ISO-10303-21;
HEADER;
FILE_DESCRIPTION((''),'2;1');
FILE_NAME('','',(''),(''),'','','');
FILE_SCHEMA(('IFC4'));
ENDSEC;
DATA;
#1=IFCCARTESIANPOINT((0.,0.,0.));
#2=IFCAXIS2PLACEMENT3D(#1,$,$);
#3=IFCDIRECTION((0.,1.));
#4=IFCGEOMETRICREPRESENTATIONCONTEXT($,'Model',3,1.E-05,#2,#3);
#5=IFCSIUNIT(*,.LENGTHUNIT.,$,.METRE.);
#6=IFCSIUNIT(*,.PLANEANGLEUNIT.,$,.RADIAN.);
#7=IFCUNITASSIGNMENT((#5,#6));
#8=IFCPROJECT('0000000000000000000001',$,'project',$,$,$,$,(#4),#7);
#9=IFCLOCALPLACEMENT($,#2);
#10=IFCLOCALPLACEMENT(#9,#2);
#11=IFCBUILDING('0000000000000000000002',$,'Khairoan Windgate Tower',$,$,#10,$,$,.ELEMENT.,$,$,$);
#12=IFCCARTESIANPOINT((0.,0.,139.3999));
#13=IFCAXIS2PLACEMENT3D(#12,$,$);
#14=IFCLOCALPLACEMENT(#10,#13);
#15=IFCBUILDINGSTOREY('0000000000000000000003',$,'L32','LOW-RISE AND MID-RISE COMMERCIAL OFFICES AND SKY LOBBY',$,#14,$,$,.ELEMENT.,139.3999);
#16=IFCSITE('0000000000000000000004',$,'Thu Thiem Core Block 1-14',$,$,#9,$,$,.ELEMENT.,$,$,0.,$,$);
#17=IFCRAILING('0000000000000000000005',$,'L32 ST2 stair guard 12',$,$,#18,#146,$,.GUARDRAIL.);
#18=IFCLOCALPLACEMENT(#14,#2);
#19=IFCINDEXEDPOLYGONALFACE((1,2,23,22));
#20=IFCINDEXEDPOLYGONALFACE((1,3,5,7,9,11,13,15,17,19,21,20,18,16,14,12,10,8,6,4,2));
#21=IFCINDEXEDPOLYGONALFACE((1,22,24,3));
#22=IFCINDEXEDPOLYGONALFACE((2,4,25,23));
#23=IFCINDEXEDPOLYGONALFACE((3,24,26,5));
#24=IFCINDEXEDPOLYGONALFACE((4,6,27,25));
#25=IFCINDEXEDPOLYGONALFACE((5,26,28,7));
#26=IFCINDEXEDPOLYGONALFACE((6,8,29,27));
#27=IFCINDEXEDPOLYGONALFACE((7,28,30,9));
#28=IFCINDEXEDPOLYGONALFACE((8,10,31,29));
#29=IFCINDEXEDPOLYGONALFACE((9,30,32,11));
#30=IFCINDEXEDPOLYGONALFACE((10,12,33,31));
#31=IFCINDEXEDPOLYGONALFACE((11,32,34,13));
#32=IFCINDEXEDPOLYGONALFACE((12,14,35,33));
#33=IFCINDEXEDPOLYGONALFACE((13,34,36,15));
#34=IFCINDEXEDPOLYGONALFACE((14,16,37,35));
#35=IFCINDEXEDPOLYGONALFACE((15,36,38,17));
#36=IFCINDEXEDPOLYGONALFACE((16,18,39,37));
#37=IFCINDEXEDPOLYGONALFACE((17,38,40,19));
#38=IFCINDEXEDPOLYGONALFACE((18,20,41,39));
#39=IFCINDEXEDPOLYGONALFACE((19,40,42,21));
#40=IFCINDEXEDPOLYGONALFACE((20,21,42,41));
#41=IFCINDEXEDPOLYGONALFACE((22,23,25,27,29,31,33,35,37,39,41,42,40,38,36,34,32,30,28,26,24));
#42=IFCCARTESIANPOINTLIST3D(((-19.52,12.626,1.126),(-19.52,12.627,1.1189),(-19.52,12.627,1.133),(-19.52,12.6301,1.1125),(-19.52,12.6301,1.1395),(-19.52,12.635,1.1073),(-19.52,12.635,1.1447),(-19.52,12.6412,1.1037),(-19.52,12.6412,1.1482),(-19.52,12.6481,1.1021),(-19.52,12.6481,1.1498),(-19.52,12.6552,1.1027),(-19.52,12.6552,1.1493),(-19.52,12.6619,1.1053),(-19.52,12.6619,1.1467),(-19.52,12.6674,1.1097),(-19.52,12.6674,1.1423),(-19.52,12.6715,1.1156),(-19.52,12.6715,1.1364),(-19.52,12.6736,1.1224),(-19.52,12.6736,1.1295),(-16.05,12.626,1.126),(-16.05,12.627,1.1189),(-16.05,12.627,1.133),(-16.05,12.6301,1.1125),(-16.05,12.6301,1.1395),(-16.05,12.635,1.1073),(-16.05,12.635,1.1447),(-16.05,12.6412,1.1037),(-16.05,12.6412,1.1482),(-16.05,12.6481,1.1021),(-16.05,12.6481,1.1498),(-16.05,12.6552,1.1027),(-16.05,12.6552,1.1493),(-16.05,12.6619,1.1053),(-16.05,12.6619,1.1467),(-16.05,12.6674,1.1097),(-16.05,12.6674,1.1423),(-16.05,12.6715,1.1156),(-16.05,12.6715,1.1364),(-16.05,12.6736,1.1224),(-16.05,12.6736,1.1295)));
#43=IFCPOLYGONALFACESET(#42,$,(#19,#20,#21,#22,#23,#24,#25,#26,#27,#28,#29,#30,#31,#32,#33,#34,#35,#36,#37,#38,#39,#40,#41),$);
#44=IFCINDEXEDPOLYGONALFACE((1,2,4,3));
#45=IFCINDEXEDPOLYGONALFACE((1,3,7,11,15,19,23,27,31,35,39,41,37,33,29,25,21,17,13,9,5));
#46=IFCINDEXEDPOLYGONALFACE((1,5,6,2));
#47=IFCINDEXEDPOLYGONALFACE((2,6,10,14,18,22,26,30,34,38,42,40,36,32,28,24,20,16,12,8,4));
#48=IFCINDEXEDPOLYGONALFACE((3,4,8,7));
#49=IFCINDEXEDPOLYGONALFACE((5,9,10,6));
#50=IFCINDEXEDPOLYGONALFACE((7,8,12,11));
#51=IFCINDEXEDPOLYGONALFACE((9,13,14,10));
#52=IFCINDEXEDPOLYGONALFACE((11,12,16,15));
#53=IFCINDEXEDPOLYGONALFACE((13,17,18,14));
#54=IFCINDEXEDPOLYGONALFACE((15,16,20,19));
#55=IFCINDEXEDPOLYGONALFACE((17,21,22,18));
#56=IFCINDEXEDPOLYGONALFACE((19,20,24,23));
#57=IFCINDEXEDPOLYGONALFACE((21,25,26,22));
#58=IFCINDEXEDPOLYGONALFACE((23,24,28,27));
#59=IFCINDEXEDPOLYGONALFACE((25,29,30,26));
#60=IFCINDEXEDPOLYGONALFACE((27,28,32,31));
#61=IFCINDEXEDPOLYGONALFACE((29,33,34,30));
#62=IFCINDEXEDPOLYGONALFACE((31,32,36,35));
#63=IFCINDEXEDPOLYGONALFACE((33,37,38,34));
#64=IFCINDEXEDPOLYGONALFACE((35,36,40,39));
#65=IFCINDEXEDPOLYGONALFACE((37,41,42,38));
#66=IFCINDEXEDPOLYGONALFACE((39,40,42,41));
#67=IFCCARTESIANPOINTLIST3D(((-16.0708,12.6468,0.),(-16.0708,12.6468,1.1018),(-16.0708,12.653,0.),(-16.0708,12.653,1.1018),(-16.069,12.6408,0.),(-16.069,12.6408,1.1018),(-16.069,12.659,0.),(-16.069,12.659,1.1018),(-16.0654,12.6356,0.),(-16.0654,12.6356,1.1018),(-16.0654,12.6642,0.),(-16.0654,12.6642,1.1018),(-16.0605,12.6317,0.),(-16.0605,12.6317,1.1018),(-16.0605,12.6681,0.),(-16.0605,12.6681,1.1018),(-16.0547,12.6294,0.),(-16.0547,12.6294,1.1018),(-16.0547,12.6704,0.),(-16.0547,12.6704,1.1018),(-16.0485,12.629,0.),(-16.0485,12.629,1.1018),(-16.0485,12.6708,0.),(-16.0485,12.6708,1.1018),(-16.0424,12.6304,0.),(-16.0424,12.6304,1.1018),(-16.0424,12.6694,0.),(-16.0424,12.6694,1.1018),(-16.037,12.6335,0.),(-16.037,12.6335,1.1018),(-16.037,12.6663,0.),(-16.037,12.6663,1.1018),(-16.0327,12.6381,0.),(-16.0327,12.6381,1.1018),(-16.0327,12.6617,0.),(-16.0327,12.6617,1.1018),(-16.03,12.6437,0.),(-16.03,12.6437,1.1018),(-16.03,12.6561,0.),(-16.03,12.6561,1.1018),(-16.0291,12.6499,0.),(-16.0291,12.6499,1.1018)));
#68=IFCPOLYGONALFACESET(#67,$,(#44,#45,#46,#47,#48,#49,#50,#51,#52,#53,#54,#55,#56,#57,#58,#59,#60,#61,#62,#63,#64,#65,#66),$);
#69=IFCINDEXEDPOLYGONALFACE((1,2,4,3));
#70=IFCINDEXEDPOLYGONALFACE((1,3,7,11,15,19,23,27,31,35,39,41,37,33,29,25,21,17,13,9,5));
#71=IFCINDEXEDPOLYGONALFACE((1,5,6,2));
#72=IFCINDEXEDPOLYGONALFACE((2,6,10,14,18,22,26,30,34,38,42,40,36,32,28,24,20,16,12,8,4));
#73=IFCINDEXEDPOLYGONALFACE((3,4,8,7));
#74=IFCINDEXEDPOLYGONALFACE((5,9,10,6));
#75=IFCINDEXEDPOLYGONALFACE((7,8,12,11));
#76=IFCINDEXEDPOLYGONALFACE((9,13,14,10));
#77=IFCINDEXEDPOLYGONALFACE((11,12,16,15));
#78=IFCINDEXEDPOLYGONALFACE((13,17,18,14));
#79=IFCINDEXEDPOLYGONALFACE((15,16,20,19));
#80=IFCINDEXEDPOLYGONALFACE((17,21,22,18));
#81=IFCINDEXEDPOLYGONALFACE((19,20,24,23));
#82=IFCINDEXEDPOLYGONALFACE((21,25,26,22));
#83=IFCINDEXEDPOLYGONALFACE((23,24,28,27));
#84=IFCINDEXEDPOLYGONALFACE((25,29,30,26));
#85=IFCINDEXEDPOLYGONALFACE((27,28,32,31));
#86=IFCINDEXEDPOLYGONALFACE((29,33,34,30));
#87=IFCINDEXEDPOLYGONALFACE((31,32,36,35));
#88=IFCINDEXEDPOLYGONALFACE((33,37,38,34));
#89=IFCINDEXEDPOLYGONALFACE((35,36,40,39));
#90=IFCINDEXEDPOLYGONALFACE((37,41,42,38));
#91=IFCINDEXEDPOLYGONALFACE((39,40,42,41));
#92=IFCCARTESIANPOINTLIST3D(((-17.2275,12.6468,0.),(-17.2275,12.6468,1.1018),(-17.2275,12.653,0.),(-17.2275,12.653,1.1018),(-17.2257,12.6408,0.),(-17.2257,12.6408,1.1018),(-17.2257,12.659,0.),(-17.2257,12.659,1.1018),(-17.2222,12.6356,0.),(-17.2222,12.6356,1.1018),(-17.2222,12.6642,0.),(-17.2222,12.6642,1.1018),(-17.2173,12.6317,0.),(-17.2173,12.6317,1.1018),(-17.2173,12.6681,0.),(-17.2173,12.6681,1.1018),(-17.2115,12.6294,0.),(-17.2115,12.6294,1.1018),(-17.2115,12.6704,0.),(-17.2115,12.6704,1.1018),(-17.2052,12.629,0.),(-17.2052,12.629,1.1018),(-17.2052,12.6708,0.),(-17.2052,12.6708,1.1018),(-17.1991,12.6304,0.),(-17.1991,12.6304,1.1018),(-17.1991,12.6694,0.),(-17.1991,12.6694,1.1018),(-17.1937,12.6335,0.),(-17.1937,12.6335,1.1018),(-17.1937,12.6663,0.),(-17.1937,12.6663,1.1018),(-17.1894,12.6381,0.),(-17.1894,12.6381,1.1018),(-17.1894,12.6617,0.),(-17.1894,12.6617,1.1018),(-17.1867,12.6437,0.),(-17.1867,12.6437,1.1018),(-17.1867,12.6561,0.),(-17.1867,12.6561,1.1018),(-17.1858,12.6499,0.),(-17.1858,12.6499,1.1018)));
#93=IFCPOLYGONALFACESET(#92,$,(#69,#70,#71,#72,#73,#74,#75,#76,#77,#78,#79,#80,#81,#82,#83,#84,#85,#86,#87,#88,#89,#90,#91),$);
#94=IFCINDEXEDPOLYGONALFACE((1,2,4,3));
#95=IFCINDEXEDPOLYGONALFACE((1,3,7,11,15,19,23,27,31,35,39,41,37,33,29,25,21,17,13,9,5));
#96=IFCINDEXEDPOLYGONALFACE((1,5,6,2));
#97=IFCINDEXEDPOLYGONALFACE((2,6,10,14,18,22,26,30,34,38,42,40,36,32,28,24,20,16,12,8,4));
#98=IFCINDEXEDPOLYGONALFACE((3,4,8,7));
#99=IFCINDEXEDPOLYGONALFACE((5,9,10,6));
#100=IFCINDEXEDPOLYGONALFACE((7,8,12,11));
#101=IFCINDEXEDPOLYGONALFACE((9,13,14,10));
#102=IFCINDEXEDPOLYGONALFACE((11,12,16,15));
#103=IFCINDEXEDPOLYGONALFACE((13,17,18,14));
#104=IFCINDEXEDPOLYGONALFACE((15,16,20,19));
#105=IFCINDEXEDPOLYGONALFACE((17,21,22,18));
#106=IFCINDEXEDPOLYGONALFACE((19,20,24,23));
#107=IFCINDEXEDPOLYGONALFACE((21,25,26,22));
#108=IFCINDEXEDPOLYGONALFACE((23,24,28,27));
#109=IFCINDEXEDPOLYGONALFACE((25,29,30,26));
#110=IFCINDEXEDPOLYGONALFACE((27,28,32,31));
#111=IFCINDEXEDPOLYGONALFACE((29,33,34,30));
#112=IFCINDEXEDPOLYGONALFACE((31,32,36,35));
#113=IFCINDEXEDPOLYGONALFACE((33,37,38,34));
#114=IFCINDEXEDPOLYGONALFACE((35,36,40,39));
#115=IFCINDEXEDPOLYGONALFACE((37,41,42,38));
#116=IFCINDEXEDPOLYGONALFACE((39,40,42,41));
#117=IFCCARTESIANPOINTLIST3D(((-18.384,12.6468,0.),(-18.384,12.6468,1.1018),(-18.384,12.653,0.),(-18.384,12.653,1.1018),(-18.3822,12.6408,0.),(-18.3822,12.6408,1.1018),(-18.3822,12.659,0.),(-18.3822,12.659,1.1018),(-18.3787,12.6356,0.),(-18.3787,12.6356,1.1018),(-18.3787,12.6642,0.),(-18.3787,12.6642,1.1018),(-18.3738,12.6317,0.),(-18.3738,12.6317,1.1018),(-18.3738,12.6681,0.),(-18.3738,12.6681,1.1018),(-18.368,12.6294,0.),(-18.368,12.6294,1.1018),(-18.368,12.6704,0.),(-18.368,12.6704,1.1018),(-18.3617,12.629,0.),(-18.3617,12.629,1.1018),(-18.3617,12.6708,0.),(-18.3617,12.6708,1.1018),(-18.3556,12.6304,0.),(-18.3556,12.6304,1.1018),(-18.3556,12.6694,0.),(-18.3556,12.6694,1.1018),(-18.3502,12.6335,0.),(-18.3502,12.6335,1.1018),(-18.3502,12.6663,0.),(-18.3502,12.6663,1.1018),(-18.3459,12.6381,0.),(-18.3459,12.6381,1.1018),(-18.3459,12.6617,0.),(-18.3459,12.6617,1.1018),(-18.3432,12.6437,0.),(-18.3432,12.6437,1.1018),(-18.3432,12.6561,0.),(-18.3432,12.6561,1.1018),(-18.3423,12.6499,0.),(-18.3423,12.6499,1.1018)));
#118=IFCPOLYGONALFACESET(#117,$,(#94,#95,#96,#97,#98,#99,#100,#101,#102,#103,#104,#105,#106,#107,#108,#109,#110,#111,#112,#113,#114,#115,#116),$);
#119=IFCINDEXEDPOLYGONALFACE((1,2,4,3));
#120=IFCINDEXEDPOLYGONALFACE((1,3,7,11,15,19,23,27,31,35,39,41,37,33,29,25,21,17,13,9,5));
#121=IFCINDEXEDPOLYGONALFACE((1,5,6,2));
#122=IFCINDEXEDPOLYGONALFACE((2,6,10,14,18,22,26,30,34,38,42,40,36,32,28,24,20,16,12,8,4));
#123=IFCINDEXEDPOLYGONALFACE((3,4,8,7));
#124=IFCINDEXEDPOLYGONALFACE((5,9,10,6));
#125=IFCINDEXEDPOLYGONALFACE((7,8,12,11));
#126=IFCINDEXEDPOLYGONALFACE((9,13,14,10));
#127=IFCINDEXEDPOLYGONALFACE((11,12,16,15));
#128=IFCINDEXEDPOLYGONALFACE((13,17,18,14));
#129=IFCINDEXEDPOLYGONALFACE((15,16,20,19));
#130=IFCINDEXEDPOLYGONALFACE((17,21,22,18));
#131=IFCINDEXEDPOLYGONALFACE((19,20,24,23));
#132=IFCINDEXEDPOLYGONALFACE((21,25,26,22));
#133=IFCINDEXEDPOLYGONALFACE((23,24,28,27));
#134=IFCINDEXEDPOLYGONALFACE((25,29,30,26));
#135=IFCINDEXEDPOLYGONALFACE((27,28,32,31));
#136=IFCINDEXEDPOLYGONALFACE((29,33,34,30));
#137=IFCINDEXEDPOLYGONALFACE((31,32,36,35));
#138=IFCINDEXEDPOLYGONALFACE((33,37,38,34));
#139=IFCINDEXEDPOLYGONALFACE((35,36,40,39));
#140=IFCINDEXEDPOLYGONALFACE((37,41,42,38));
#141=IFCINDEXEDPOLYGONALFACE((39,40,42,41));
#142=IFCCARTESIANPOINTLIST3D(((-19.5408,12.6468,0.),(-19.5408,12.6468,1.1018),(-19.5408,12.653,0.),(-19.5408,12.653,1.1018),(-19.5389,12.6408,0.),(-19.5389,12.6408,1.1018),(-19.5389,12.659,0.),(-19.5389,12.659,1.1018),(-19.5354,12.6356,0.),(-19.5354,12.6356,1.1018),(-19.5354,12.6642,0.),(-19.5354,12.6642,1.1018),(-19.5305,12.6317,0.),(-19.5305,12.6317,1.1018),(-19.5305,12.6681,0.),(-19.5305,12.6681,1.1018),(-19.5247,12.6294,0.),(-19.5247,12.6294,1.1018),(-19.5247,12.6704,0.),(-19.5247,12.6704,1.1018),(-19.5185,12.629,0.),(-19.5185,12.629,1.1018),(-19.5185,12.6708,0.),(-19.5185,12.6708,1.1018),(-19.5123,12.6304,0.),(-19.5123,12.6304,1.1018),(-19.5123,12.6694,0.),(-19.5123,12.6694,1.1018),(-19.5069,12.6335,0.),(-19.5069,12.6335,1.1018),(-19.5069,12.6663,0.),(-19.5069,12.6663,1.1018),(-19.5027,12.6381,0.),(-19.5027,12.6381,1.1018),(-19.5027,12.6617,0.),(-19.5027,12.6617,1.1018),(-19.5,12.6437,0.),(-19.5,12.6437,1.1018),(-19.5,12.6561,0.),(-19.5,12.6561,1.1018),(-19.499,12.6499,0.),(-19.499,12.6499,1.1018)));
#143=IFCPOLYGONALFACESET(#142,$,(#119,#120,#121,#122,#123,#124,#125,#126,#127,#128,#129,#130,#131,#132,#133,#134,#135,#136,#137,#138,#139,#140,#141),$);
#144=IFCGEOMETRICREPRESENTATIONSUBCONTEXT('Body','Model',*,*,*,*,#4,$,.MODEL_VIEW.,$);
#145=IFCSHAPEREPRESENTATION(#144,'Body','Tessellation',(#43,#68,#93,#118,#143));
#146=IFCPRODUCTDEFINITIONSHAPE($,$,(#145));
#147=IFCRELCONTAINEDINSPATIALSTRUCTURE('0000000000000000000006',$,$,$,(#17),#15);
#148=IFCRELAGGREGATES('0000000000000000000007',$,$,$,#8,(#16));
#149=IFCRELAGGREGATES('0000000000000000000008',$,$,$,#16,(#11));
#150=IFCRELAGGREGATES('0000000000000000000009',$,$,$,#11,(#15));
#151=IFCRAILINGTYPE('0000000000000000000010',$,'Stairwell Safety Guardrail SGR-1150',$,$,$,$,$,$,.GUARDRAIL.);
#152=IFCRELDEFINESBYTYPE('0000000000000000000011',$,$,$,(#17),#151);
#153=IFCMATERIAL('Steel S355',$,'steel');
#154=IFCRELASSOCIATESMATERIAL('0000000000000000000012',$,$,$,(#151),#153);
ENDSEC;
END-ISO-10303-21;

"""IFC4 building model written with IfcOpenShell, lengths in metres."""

from ifc_helpers import new_model, si_unit, direction, frame, origin, origin_2d, place, context, subcontext, project, spatial, circle, extrude, material, type_object, element, save


model = new_model("IFC4")

# Units and contexts
model_context = context("Model", 3, precision=1e-05, world=origin(), true_north=direction((0.0, 1.0)))
body_context = subcontext(model_context, "Body", "Model", "MODEL_VIEW")
ifc_project = project(units=[si_unit("LENGTHUNIT", "METRE"), si_unit("PLANEANGLEUNIT", "RADIAN")], contexts=[model_context])

# Site, building, storey
site_placement = place(None, origin())
site = spatial("IfcSite", under=ifc_project, at=site_placement, Name="Thu Thiem Core Block 1-14", CompositionType="ELEMENT", RefElevation=0.0)
building_placement = place(site_placement, origin())
building = spatial("IfcBuilding", under=site, at=building_placement, Name="Khairoan Windgate Tower", CompositionType="ELEMENT")
storey_placement = place(building_placement, frame((0.0, 0.0, 139.3999)))
storey = spatial("IfcBuildingStorey", under=building, at=storey_placement, Name="L32", Description="LOW-RISE AND MID-RISE COMMERCIAL OFFICES AND SKY LOBBY", CompositionType="ELEMENT", Elevation=139.3999)

# Railing
ifc_material_1 = material(Name="Steel S355", Category="steel")
railing_type = type_object("IfcRailingType", Name="Stairwell Safety Guardrail SGR-1150", PredefinedType="GUARDRAIL", material=ifc_material_1)
railing_1_placement = place(storey_placement, frame((-16.05, 12.6499, 0.0)))
element("IfcRailing", 1, at=railing_1_placement, inside=storey, type_object=railing_type, Name="L32 ST2 stair guard 12", PredefinedType="GUARDRAIL", context=body_context, shape_type="SweptSolid", body=[
    extrude(circle(Radius=0.0239, at=origin_2d()), frame((0.0, 0.0, 1.126), z_axis=(-1.0, 0.0, 0.0), x_axis=(0.0, -1.0, 0.0)), (0.0, 0.0, 1.0), 3.47),
    extrude(circle(Radius=0.021, at=origin_2d()), origin(), (0.0, 0.0, 1.0), 1.1018),
    extrude(circle(Radius=0.021, at=origin_2d()), frame((-1.1567, 0.0, 0.0)), (0.0, 0.0, 1.0), 1.1018),
    extrude(circle(Radius=0.021, at=origin_2d()), frame((-2.3132, 0.0, 0.0)), (0.0, 0.0, 1.0), 1.1018),
    extrude(circle(Radius=0.021, at=origin_2d()), frame((-3.47, 0.0, 0.0)), (0.0, 0.0, 1.0), 1.1018),
])

save(model, "model.ifc")
